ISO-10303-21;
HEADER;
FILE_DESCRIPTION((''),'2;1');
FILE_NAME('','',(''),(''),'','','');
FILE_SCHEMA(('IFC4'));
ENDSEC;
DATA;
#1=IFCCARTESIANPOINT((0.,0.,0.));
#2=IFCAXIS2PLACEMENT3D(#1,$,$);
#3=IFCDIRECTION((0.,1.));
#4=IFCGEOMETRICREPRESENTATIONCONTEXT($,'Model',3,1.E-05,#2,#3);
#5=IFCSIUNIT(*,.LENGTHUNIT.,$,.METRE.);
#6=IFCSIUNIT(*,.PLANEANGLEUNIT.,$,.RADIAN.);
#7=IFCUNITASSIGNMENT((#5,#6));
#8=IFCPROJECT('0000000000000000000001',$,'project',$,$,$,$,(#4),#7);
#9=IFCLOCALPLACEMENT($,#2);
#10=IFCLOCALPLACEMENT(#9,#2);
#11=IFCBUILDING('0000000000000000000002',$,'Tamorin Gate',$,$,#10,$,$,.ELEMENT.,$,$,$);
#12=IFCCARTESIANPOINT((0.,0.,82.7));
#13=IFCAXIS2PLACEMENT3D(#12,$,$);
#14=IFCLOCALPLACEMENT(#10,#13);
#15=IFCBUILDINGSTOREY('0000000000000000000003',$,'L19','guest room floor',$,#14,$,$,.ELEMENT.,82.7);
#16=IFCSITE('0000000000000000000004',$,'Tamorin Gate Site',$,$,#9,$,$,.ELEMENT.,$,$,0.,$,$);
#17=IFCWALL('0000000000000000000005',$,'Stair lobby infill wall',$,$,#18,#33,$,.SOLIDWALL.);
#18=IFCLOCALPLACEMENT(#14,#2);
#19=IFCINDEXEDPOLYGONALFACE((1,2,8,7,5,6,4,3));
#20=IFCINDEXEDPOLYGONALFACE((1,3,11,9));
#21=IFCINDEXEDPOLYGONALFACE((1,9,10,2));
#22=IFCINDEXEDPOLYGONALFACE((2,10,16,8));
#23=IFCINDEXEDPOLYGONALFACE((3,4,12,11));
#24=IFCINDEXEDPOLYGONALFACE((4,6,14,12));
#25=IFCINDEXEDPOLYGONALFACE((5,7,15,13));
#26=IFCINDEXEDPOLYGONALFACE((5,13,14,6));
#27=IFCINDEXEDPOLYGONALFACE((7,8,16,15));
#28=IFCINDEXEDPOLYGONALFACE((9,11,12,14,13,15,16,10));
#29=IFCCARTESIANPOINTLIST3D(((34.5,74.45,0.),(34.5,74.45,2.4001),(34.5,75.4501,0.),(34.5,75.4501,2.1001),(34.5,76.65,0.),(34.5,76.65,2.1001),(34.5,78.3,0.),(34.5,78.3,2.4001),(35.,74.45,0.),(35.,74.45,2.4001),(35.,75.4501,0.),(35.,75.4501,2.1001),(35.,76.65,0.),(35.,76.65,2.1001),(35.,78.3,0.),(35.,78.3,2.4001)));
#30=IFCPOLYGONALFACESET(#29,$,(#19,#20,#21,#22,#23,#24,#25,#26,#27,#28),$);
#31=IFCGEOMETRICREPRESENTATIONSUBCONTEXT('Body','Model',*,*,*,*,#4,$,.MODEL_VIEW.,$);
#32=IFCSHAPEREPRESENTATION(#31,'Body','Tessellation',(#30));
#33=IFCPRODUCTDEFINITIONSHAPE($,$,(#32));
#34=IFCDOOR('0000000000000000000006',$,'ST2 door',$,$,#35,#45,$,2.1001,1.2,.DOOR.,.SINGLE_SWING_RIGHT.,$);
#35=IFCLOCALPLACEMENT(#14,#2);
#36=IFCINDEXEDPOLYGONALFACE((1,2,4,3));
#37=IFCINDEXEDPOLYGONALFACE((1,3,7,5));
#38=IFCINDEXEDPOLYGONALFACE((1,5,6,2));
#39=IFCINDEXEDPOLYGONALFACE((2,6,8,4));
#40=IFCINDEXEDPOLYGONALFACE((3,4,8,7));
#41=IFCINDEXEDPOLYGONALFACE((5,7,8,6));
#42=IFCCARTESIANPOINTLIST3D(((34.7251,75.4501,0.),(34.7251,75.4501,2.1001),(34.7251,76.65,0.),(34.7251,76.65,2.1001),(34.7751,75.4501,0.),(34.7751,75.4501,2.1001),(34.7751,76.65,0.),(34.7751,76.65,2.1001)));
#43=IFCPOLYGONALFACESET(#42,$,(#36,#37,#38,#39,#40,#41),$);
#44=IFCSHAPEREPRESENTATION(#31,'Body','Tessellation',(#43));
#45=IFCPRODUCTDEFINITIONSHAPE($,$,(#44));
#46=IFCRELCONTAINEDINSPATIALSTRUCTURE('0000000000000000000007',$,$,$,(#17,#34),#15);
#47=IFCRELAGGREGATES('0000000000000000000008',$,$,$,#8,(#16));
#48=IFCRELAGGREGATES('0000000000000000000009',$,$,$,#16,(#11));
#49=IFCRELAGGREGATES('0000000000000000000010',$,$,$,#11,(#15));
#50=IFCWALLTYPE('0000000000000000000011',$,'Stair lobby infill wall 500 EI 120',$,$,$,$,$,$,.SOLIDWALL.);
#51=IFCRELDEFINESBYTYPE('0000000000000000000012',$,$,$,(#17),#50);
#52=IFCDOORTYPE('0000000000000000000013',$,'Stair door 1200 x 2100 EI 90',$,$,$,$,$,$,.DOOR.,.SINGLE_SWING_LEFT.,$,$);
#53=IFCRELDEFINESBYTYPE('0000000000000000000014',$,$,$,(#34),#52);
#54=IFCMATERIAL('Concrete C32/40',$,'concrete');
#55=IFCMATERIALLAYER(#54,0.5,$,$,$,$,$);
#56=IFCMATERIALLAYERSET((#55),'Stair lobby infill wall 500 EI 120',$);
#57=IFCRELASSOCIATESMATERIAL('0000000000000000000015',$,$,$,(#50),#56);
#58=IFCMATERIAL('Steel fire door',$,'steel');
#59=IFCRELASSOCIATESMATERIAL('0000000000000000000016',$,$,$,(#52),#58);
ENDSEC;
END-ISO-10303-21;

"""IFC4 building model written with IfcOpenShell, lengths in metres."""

from ifc_helpers import new_model, si_unit, direction, frame, frame_2d, origin, place, context, subcontext, project, spatial, rectangle, extrude, material, layer, layer_set, type_object, element, fill, save


model = new_model("IFC4")

# Units and contexts
model_context = context("Model", 3, precision=1e-05, world=origin(), true_north=direction((0.0, 1.0)))
body_context = subcontext(model_context, "Body", "Model", "MODEL_VIEW")
ifc_project = project(units=[si_unit("LENGTHUNIT", "METRE"), si_unit("PLANEANGLEUNIT", "RADIAN")], contexts=[model_context])

# Site, building, storey
site_placement = place(None, origin())
site = spatial("IfcSite", under=ifc_project, at=site_placement, Name="Tamorin Gate Site", CompositionType="ELEMENT", RefElevation=0.0)
building_placement = place(site_placement, origin())
building = spatial("IfcBuilding", under=site, at=building_placement, Name="Tamorin Gate", CompositionType="ELEMENT")
storey_placement = place(building_placement, frame((0.0, 0.0, 82.7)))
storey = spatial("IfcBuildingStorey", under=building, at=storey_placement, Name="L19", Description="guest room floor", CompositionType="ELEMENT", Elevation=82.7)

# Wall, opening, door
ifc_material_1 = material(Name="Steel fire door", Category="steel")
ifc_material_2 = material(Name="Concrete C32/40", Category="concrete")
ifc_layer_1 = layer(ifc_material_2, 0.5)
ifc_layer_set_1 = layer_set([ifc_layer_1], Name="Stair lobby infill wall 500 EI 120")
wall_type_1 = type_object("IfcWallType", Name="Stair lobby infill wall 500 EI 120", PredefinedType="SOLIDWALL", material=ifc_layer_set_1)
wall_1_placement = place(storey_placement, frame((34.75, 74.45, 0.0), z_axis=(0.0, 0.0, 1.0), x_axis=(0.0, 1.0, 0.0)))
wall_1 = element("IfcWall", 1, at=wall_1_placement, inside=storey, type_object=wall_type_1, Name="Stair lobby infill wall", PredefinedType="SOLIDWALL", context=body_context, shape_type="SweptSolid", body=[
    extrude(rectangle(XDim=3.8501, YDim=0.5, at=frame_2d((1.925, 0.0))), origin(), (0.0, 0.0, 1.0), 2.4001),
])
opening_1_placement = place(wall_1_placement, frame((1.0, 0.0, 0.0)))
opening_1 = element("IfcOpeningElement", 2, at=opening_1_placement, cuts=wall_1, PredefinedType="OPENING", context=body_context, shape_type="SweptSolid", body=[
    extrude(rectangle(XDim=1.2, YDim=2.1001, at=frame_2d((0.6001, 1.05))), frame((0.0, 0.26, 0.0), z_axis=(0.0, -1.0, 0.0), x_axis=(1.0, 0.0, 0.0)), (0.0, 0.0, 1.0), 0.52),
])
door_type_1 = type_object("IfcDoorType", Name="Stair door 1200 x 2100 EI 90", OperationType="SINGLE_SWING_LEFT", PredefinedType="DOOR", material=ifc_material_1)
door_1_placement = place(opening_1_placement, origin())
door_1 = element("IfcDoor", 3, at=door_1_placement, inside=storey, type_object=door_type_1, Name="ST2 door", OperationType="SINGLE_SWING_RIGHT", OverallHeight=2.1001, OverallWidth=1.2, PredefinedType="DOOR", context=body_context, shape_type="SweptSolid", body=[
    extrude(rectangle(XDim=1.2, YDim=2.1001, at=frame_2d((0.6001, 1.05))), frame((0.0, 0.0249, 0.0), z_axis=(0.0, -1.0, 0.0), x_axis=(1.0, 0.0, 0.0)), (0.0, 0.0, 1.0), 0.05),
])
fill(opening_1, door_1)

save(model, "model.ifc")
